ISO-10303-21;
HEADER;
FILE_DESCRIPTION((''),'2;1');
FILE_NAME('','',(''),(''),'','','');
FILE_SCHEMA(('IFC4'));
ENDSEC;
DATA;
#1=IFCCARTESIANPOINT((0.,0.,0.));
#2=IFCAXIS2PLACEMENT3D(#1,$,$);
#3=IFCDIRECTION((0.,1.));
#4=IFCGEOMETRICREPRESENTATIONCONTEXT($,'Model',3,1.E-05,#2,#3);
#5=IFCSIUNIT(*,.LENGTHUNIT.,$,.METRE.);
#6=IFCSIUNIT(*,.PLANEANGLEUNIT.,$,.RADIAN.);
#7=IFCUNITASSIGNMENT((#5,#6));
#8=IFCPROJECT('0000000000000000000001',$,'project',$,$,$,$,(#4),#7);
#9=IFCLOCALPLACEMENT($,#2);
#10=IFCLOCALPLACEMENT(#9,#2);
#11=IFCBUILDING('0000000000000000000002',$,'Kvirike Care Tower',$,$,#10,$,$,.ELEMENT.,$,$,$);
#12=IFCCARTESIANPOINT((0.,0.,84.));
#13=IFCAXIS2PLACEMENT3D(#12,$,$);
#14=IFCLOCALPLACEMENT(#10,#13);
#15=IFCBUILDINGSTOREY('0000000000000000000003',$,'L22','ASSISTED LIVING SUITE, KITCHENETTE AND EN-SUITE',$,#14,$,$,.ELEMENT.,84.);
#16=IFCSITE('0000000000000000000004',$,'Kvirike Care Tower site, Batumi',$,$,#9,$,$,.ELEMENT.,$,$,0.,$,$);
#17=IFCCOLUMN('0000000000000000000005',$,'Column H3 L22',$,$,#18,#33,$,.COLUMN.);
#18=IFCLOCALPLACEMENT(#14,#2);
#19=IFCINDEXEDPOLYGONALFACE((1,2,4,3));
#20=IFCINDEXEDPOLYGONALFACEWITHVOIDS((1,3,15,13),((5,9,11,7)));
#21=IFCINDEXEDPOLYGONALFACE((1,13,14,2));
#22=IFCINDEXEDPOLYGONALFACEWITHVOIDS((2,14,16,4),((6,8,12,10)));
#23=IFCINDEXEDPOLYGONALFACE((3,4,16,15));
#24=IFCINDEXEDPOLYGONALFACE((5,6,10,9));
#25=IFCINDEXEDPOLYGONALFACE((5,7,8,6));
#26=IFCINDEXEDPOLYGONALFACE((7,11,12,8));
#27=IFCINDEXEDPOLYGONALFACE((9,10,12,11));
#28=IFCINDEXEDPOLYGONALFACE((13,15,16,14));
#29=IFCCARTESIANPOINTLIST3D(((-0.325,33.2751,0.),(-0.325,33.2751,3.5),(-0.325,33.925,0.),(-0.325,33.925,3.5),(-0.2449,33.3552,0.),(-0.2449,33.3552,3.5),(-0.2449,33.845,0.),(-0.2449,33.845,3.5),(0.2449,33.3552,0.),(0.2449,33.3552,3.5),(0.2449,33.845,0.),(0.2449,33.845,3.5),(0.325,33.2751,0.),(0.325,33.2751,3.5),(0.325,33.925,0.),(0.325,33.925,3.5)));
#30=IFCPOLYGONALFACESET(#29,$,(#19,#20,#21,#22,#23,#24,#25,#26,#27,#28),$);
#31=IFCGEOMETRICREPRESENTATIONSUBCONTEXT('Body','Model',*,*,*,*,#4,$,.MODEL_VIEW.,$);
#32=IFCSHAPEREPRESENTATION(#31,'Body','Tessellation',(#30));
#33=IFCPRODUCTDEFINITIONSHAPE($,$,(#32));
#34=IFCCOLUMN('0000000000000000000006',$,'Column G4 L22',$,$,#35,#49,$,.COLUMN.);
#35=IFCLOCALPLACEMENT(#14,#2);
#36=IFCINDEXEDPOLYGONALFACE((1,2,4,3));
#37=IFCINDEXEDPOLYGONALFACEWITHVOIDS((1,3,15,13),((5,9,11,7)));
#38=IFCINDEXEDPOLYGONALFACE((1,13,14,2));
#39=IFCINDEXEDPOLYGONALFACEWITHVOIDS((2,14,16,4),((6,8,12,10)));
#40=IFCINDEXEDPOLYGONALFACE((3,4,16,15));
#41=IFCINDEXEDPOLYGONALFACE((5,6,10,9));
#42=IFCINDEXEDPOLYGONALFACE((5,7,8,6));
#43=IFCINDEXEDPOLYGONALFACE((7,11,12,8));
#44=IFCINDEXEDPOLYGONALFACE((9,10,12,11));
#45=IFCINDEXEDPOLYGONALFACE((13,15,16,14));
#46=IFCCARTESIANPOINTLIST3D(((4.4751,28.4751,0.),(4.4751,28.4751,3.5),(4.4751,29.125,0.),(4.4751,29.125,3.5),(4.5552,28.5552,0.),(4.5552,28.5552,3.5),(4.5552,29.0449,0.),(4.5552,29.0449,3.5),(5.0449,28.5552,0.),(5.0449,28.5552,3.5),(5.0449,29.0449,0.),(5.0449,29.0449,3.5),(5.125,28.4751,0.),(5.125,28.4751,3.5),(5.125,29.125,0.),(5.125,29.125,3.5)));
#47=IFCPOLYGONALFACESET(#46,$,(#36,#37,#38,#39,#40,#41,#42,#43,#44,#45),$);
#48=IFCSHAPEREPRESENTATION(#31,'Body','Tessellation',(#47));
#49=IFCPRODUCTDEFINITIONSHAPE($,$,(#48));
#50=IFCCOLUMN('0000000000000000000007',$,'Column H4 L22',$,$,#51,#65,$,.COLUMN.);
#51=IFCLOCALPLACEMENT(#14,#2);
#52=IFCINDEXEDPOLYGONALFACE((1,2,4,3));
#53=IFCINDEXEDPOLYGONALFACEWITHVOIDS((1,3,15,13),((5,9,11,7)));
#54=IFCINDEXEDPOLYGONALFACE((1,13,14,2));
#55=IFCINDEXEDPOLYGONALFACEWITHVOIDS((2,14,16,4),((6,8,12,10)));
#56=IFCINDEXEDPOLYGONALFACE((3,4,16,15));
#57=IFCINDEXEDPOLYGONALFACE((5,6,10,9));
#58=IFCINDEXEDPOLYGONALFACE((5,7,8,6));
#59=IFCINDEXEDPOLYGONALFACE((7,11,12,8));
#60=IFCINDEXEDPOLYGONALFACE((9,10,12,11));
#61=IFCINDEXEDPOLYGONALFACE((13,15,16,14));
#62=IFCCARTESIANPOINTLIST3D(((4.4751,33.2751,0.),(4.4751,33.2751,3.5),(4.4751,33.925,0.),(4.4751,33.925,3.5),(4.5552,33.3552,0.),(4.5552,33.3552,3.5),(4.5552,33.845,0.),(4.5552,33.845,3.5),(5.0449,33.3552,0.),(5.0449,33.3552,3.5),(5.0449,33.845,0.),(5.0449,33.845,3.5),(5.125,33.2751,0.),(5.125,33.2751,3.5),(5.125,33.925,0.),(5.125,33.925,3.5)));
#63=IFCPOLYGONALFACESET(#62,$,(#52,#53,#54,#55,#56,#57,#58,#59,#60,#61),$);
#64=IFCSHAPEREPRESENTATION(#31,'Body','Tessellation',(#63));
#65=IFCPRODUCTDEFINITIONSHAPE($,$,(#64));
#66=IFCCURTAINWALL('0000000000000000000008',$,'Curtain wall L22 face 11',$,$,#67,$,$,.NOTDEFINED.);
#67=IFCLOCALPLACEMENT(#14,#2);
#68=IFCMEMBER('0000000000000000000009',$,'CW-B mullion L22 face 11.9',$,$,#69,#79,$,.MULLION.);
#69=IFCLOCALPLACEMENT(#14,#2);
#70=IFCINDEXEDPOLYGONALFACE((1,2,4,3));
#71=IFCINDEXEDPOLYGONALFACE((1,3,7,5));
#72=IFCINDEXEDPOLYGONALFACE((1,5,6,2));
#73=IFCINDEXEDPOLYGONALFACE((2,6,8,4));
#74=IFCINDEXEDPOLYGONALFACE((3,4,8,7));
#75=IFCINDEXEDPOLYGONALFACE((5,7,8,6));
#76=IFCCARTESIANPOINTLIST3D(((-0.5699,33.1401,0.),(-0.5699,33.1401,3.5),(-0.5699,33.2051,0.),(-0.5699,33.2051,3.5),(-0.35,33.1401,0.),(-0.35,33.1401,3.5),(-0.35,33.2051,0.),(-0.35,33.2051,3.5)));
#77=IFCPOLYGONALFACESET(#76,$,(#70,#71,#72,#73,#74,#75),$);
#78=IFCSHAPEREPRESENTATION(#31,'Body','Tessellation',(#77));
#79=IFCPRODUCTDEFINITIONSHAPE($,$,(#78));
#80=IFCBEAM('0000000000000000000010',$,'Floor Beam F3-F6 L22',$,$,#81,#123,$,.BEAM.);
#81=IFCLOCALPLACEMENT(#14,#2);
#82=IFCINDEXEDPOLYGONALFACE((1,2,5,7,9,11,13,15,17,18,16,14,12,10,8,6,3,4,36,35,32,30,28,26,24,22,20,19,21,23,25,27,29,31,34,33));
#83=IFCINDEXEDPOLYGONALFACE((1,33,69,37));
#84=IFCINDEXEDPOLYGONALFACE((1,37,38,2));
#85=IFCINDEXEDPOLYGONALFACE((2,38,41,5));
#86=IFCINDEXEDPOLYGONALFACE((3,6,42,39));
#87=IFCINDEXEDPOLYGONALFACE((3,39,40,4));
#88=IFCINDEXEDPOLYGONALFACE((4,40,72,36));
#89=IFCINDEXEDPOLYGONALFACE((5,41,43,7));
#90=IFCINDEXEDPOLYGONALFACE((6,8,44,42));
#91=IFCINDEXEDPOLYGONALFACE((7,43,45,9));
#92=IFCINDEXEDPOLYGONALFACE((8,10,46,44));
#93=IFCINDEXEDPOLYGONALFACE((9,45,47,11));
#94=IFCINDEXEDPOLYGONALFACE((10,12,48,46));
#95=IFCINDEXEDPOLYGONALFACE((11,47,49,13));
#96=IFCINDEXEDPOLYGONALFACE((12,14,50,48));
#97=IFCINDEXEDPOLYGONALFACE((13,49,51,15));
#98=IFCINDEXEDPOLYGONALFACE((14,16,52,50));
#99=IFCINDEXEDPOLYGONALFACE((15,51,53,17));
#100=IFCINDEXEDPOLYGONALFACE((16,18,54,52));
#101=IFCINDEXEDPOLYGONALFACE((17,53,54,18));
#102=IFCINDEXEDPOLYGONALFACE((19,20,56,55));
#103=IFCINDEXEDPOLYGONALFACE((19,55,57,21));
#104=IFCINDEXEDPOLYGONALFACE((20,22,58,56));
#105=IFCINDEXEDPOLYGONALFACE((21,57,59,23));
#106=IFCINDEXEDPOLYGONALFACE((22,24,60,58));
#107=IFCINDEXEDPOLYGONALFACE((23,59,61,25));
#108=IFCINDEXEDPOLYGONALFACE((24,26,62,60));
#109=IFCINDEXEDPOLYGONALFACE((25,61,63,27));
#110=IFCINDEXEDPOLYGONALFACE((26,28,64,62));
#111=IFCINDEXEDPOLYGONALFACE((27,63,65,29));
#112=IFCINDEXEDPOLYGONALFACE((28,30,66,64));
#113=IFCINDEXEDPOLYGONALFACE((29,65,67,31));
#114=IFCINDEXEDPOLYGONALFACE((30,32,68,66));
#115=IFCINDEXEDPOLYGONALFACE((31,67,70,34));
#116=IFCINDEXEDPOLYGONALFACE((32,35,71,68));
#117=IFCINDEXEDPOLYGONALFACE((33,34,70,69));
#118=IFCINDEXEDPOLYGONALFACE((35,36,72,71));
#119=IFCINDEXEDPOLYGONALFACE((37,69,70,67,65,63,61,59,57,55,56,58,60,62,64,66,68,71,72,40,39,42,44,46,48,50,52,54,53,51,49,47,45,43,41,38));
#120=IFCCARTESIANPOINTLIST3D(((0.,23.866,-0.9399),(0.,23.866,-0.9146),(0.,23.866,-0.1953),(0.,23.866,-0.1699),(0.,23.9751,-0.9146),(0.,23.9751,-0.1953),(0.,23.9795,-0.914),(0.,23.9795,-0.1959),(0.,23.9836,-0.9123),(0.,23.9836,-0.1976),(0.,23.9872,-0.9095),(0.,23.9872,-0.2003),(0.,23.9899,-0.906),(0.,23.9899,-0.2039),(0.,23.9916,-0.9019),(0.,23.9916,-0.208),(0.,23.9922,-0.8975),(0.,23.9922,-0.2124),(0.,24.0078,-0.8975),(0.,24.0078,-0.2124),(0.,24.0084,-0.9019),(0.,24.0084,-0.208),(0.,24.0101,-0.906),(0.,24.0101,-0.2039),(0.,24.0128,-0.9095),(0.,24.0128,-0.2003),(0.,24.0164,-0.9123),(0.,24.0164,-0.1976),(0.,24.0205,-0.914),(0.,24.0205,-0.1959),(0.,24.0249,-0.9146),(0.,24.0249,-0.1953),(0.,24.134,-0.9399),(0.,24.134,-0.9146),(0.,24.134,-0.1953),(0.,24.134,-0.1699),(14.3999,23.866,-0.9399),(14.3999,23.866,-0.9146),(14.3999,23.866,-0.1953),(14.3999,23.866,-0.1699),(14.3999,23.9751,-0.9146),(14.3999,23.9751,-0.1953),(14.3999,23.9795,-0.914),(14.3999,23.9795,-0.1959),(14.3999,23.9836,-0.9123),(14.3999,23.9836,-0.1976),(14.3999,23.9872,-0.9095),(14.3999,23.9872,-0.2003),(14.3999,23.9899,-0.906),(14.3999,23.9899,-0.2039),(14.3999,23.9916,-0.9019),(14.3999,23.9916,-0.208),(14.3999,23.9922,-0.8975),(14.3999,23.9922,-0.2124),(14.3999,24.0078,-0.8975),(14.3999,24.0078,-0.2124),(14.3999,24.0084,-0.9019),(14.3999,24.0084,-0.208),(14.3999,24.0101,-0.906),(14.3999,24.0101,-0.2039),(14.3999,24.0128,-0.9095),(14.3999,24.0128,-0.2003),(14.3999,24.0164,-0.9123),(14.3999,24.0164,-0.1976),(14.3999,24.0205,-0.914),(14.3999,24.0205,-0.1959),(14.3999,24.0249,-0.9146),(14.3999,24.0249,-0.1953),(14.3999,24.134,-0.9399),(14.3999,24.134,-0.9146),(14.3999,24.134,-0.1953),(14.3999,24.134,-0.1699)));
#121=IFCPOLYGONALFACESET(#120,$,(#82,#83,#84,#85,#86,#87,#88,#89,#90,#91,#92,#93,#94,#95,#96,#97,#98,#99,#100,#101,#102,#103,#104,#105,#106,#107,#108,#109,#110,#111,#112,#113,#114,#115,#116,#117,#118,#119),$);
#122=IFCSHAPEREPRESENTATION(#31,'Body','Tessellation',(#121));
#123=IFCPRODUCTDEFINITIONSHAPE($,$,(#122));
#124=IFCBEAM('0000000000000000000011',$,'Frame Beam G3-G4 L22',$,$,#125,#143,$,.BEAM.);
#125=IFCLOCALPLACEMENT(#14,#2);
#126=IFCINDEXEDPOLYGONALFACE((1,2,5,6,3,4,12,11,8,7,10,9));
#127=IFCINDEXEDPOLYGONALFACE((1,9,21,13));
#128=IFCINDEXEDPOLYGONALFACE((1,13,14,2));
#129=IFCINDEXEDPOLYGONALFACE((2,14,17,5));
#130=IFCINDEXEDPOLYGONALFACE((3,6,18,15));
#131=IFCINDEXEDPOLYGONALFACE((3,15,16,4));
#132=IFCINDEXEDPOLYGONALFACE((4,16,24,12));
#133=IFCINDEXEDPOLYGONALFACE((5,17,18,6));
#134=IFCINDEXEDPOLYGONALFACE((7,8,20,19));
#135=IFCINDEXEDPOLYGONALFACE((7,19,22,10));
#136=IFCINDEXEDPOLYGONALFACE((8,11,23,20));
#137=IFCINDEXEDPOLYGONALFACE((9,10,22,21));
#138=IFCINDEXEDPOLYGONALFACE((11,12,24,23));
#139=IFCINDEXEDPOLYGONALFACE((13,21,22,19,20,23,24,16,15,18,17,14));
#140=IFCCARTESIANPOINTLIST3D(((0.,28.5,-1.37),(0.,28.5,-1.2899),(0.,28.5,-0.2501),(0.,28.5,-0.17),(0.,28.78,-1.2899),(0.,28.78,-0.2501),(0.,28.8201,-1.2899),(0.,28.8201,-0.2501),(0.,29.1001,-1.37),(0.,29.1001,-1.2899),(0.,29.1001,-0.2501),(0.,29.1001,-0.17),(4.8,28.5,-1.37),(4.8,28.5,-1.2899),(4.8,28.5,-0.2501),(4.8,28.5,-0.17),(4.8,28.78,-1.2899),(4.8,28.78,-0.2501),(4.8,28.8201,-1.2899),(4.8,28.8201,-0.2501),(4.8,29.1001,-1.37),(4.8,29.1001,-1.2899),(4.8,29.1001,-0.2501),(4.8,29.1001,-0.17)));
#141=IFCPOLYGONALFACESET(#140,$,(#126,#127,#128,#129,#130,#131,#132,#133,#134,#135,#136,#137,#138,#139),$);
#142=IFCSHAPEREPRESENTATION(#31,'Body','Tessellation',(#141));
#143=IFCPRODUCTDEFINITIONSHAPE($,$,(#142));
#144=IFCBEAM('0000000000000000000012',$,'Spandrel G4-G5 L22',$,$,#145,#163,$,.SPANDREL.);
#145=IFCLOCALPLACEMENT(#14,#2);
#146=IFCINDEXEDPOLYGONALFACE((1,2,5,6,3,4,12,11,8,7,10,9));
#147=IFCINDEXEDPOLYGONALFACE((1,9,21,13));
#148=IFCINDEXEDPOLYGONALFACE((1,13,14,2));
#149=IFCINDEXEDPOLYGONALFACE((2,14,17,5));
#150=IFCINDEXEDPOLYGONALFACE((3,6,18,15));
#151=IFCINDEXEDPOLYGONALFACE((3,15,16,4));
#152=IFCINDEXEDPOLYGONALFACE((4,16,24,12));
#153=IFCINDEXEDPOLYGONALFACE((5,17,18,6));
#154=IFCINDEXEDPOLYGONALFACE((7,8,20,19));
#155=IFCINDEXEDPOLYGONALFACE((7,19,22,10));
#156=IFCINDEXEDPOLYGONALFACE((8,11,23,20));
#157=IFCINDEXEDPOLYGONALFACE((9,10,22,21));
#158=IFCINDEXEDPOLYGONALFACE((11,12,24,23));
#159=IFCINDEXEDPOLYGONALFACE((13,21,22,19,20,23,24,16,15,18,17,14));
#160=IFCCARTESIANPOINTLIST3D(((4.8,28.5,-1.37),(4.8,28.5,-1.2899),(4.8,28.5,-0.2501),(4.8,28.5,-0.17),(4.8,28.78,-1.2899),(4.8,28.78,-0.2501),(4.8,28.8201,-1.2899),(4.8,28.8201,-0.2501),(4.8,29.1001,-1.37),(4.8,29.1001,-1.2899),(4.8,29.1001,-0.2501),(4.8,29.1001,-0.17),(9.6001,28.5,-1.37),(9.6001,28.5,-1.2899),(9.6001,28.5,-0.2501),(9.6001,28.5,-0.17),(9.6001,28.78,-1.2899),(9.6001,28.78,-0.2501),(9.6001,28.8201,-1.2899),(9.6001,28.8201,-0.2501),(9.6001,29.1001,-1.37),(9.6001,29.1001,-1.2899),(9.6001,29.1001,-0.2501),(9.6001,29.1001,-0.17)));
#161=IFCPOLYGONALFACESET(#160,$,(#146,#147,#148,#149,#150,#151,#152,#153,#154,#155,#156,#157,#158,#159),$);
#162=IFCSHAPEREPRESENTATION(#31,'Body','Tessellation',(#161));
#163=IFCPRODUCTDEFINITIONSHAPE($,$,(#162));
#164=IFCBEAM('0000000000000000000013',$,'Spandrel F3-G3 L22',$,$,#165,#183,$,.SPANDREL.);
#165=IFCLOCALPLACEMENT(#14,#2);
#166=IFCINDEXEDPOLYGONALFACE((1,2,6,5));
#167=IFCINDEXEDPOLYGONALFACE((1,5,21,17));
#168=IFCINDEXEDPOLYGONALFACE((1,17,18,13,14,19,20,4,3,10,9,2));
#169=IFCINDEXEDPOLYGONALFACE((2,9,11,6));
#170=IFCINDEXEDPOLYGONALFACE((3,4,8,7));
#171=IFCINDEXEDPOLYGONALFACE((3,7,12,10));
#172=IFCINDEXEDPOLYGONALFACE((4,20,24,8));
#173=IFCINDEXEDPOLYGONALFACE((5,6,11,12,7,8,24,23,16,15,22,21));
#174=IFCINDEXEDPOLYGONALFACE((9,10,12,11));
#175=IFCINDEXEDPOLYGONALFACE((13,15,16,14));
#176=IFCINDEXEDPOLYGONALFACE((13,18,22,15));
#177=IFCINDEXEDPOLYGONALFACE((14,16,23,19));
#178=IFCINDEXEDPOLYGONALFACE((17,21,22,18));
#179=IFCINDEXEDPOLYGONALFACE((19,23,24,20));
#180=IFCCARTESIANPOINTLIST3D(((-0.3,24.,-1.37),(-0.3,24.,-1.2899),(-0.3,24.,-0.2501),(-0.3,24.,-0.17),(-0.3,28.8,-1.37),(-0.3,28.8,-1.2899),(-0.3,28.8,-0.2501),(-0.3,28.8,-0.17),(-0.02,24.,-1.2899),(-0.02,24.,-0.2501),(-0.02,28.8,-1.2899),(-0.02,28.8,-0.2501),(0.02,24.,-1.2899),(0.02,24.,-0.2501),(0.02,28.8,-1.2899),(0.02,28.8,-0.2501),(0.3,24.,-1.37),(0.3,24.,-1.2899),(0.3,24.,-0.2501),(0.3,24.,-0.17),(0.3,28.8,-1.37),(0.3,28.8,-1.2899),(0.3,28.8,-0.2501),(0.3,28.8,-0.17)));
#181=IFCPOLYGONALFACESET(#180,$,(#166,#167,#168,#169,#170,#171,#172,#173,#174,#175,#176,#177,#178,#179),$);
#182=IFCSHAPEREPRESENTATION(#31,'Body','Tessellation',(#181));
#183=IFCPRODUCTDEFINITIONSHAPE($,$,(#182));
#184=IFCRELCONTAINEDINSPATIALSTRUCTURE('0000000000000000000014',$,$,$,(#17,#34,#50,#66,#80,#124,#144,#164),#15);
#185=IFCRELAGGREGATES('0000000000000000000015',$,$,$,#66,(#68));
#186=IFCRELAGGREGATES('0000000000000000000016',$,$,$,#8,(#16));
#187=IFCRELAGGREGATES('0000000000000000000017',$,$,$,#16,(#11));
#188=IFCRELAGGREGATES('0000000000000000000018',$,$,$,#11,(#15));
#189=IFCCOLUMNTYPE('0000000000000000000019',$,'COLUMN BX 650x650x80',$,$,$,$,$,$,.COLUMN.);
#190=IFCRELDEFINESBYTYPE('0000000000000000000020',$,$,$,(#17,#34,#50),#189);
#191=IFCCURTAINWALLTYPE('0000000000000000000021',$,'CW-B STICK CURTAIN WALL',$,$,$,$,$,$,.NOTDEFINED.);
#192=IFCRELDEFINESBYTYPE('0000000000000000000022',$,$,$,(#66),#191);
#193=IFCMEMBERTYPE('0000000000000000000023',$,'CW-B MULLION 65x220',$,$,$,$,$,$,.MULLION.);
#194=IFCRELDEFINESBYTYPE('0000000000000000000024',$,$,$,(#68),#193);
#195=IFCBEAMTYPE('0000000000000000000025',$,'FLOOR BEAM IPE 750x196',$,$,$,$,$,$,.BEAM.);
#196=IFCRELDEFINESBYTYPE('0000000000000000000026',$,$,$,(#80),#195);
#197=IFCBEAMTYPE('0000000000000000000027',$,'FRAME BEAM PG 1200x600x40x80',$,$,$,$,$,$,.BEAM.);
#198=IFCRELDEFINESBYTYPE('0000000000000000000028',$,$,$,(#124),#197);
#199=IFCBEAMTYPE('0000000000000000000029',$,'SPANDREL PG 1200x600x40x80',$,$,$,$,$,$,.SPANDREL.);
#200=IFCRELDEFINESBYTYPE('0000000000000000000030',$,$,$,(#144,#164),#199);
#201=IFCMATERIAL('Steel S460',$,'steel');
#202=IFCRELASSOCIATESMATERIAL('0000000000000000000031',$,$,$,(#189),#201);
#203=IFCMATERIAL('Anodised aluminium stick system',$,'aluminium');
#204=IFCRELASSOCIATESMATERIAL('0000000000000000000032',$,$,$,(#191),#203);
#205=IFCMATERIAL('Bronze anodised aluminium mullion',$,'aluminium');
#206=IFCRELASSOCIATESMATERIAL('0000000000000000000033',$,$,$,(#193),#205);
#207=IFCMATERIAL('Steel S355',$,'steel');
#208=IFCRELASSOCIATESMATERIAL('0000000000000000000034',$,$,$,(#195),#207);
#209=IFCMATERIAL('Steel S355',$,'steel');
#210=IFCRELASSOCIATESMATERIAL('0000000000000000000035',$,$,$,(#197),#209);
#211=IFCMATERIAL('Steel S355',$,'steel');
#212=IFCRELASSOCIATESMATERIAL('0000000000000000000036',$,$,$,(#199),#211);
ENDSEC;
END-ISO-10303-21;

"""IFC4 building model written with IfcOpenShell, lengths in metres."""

from ifc_helpers import new_model, si_unit, direction, frame, origin, origin_2d, place, context, subcontext, project, spatial, rectangle, hollow_rectangle, i_section, extrude, material, material_profile, profile_set, type_object, element, aggregate, save


model = new_model("IFC4")

# Units and contexts
model_context = context("Model", 3, precision=1e-05, world=origin(), true_north=direction((0.0, 1.0)))
body_context = subcontext(model_context, "Body", "Model", "MODEL_VIEW")
ifc_project = project(units=[si_unit("LENGTHUNIT", "METRE"), si_unit("PLANEANGLEUNIT", "RADIAN")], contexts=[model_context])

# Site, building, storey
site_placement = place(None, origin())
site = spatial("IfcSite", under=ifc_project, at=site_placement, Name="Kvirike Care Tower site, Batumi", CompositionType="ELEMENT", RefElevation=0.0)
building_placement = place(site_placement, origin())
building = spatial("IfcBuilding", under=site, at=building_placement, Name="Kvirike Care Tower", CompositionType="ELEMENT")
storey_placement = place(building_placement, frame((0.0, 0.0, 84.0)))
storey = spatial("IfcBuildingStorey", under=building, at=storey_placement, Name="L22", Description="ASSISTED LIVING SUITE, KITCHENETTE AND EN-SUITE", CompositionType="ELEMENT", Elevation=84.0)

# Columns
ifc_material_1 = material(Name="Steel S460", Category="steel")
ifc_material_profile_1 = material_profile(ifc_material_1, hollow_rectangle(XDim=0.6499, YDim=0.6499, WallThickness=0.0801, at=origin_2d()), Name="BX 650x650x80")
ifc_profile_set_1 = profile_set([ifc_material_profile_1], Name="Steel S460")
column_type = type_object("IfcColumnType", Name="COLUMN BX 650x650x80", PredefinedType="COLUMN", material=ifc_profile_set_1)
for number, where, z_axis, x_axis, name in (
    (1, (0.0, 33.6001, 0.0), (0.0, 0.0, 1.0), (0.0, 1.0, 0.0), "Column H3 L22"),
    (2, (4.8, 28.8, 0.0), (0.0, 0.0, 1.0), (0.0, 1.0, 0.0), "Column G4 L22"),
    (3, (4.8, 33.6001, 0.0), (0.0, 0.0, 1.0), (0.0, 1.0, 0.0), "Column H4 L22"),
):
    element("IfcColumn", number, at=place(storey_placement, frame(where, z_axis=z_axis, x_axis=x_axis)), inside=storey, type_object=column_type, Name=name, PredefinedType="COLUMN", context=body_context, shape_type="SweptSolid", body=[
        extrude(hollow_rectangle(XDim=0.6499, YDim=0.6499, WallThickness=0.0801, at=origin_2d()), origin(), (0.0, 0.0, 1.0), 3.5),
    ])

# Curtain wall, member
ifc_material_2 = material(Name="Anodised aluminium stick system", Category="aluminium")
curtain_wall_type = type_object("IfcCurtainWallType", Name="CW-B STICK CURTAIN WALL", PredefinedType="NOTDEFINED", material=ifc_material_2)
curtain_wall_placement = place(storey_placement, origin())
curtain_wall = element("IfcCurtainWall", 4, at=curtain_wall_placement, inside=storey, type_object=curtain_wall_type, Name="Curtain wall L22 face 11", PredefinedType="NOTDEFINED")
ifc_material_3 = material(Name="Bronze anodised aluminium mullion", Category="aluminium")
ifc_material_profile_2 = material_profile(ifc_material_3, rectangle(XDim=0.0649, YDim=0.22, at=origin_2d()), Name="CW-B MULLION 65x220")
ifc_profile_set_2 = profile_set([ifc_material_profile_2], Name="Bronze anodised aluminium mullion")
member_type = type_object("IfcMemberType", Name="CW-B MULLION 65x220", PredefinedType="MULLION", material=ifc_profile_set_2)
member_placement = place(storey_placement, frame((-0.46, 33.1726, 0.0), z_axis=(0.0, 0.0, 1.0), x_axis=(0.0, -1.0, 0.0)))
member = element("IfcMember", 5, at=member_placement, type_object=member_type, Name="CW-B mullion L22 face 11.9", PredefinedType="MULLION", context=body_context, shape_type="SweptSolid", body=[
    extrude(rectangle(XDim=0.0649, YDim=0.22, at=origin_2d()), origin(), (0.0, 0.0, 1.0), 3.5),
])
aggregate(curtain_wall, [member])

# Beams
ifc_material_4 = material(Name="Steel S355", Category="steel")
ifc_material_profile_3 = material_profile(ifc_material_4, i_section(OverallWidth=0.2681, OverallDepth=0.77, WebThickness=0.0156, FlangeThickness=0.0254, FilletRadius=0.0171, at=origin_2d()), Name="IPE 750x196")
ifc_profile_set_3 = profile_set([ifc_material_profile_3], Name="Steel S355")
beam_type_1 = type_object("IfcBeamType", Name="FLOOR BEAM IPE 750x196", PredefinedType="BEAM", material=ifc_profile_set_3)
beam_1_placement = place(storey_placement, frame((0.0, 24.0, -0.5549), z_axis=(1.0, 0.0, 0.0), x_axis=(0.0, 1.0, 0.0)))
element("IfcBeam", 6, at=beam_1_placement, inside=storey, type_object=beam_type_1, Name="Floor Beam F3-F6 L22", PredefinedType="BEAM", context=body_context, shape_type="SweptSolid", body=[
    extrude(i_section(OverallWidth=0.2681, OverallDepth=0.77, WebThickness=0.0156, FlangeThickness=0.0254, FilletRadius=0.0171, at=origin_2d()), origin(), (0.0, 0.0, 1.0), 14.3999),
])
ifc_material_5 = material(Name="Steel S355", Category="steel")
ifc_material_profile_4 = material_profile(ifc_material_5, i_section(OverallWidth=0.6001, OverallDepth=1.2, WebThickness=0.04, FlangeThickness=0.0801, at=origin_2d()), Name="PG 1200x600x40x80")
ifc_profile_set_4 = profile_set([ifc_material_profile_4], Name="Steel S355")
beam_type_2 = type_object("IfcBeamType", Name="FRAME BEAM PG 1200x600x40x80", PredefinedType="BEAM", material=ifc_profile_set_4)
beam_2_placement = place(storey_placement, frame((0.0, 28.8, -0.77), z_axis=(1.0, 0.0, 0.0), x_axis=(0.0, 1.0, 0.0)))
element("IfcBeam", 7, at=beam_2_placement, inside=storey, type_object=beam_type_2, Name="Frame Beam G3-G4 L22", PredefinedType="BEAM", context=body_context, shape_type="SweptSolid", body=[
    extrude(i_section(OverallWidth=0.6001, OverallDepth=1.2, WebThickness=0.04, FlangeThickness=0.0801, at=origin_2d()), origin(), (0.0, 0.0, 1.0), 4.8),
])
ifc_material_6 = material(Name="Steel S355", Category="steel")
ifc_material_profile_5 = material_profile(ifc_material_6, i_section(OverallWidth=0.6001, OverallDepth=1.2, WebThickness=0.04, FlangeThickness=0.0801, at=origin_2d()), Name="PG 1200x600x40x80")
ifc_profile_set_5 = profile_set([ifc_material_profile_5], Name="Steel S355")
beam_type_3 = type_object("IfcBeamType", Name="SPANDREL PG 1200x600x40x80", PredefinedType="SPANDREL", material=ifc_profile_set_5)
for number, where, z_axis, x_axis, name in (
    (8, (4.8, 28.8, -0.77), (1.0, 0.0, 0.0), (0.0, 1.0, 0.0), "Spandrel G4-G5 L22"),
    (9, (0.0, 24.0, -0.77), (0.0, 1.0, 0.0), (-1.0, 0.0, 0.0), "Spandrel F3-G3 L22"),
):
    element("IfcBeam", number, at=place(storey_placement, frame(where, z_axis=z_axis, x_axis=x_axis)), inside=storey, type_object=beam_type_3, Name=name, PredefinedType="SPANDREL", context=body_context, shape_type="SweptSolid", body=[
        extrude(i_section(OverallWidth=0.6001, OverallDepth=1.2, WebThickness=0.04, FlangeThickness=0.0801, at=origin_2d()), origin(), (0.0, 0.0, 1.0), 4.8),
    ])

save(model, "model.ifc")
